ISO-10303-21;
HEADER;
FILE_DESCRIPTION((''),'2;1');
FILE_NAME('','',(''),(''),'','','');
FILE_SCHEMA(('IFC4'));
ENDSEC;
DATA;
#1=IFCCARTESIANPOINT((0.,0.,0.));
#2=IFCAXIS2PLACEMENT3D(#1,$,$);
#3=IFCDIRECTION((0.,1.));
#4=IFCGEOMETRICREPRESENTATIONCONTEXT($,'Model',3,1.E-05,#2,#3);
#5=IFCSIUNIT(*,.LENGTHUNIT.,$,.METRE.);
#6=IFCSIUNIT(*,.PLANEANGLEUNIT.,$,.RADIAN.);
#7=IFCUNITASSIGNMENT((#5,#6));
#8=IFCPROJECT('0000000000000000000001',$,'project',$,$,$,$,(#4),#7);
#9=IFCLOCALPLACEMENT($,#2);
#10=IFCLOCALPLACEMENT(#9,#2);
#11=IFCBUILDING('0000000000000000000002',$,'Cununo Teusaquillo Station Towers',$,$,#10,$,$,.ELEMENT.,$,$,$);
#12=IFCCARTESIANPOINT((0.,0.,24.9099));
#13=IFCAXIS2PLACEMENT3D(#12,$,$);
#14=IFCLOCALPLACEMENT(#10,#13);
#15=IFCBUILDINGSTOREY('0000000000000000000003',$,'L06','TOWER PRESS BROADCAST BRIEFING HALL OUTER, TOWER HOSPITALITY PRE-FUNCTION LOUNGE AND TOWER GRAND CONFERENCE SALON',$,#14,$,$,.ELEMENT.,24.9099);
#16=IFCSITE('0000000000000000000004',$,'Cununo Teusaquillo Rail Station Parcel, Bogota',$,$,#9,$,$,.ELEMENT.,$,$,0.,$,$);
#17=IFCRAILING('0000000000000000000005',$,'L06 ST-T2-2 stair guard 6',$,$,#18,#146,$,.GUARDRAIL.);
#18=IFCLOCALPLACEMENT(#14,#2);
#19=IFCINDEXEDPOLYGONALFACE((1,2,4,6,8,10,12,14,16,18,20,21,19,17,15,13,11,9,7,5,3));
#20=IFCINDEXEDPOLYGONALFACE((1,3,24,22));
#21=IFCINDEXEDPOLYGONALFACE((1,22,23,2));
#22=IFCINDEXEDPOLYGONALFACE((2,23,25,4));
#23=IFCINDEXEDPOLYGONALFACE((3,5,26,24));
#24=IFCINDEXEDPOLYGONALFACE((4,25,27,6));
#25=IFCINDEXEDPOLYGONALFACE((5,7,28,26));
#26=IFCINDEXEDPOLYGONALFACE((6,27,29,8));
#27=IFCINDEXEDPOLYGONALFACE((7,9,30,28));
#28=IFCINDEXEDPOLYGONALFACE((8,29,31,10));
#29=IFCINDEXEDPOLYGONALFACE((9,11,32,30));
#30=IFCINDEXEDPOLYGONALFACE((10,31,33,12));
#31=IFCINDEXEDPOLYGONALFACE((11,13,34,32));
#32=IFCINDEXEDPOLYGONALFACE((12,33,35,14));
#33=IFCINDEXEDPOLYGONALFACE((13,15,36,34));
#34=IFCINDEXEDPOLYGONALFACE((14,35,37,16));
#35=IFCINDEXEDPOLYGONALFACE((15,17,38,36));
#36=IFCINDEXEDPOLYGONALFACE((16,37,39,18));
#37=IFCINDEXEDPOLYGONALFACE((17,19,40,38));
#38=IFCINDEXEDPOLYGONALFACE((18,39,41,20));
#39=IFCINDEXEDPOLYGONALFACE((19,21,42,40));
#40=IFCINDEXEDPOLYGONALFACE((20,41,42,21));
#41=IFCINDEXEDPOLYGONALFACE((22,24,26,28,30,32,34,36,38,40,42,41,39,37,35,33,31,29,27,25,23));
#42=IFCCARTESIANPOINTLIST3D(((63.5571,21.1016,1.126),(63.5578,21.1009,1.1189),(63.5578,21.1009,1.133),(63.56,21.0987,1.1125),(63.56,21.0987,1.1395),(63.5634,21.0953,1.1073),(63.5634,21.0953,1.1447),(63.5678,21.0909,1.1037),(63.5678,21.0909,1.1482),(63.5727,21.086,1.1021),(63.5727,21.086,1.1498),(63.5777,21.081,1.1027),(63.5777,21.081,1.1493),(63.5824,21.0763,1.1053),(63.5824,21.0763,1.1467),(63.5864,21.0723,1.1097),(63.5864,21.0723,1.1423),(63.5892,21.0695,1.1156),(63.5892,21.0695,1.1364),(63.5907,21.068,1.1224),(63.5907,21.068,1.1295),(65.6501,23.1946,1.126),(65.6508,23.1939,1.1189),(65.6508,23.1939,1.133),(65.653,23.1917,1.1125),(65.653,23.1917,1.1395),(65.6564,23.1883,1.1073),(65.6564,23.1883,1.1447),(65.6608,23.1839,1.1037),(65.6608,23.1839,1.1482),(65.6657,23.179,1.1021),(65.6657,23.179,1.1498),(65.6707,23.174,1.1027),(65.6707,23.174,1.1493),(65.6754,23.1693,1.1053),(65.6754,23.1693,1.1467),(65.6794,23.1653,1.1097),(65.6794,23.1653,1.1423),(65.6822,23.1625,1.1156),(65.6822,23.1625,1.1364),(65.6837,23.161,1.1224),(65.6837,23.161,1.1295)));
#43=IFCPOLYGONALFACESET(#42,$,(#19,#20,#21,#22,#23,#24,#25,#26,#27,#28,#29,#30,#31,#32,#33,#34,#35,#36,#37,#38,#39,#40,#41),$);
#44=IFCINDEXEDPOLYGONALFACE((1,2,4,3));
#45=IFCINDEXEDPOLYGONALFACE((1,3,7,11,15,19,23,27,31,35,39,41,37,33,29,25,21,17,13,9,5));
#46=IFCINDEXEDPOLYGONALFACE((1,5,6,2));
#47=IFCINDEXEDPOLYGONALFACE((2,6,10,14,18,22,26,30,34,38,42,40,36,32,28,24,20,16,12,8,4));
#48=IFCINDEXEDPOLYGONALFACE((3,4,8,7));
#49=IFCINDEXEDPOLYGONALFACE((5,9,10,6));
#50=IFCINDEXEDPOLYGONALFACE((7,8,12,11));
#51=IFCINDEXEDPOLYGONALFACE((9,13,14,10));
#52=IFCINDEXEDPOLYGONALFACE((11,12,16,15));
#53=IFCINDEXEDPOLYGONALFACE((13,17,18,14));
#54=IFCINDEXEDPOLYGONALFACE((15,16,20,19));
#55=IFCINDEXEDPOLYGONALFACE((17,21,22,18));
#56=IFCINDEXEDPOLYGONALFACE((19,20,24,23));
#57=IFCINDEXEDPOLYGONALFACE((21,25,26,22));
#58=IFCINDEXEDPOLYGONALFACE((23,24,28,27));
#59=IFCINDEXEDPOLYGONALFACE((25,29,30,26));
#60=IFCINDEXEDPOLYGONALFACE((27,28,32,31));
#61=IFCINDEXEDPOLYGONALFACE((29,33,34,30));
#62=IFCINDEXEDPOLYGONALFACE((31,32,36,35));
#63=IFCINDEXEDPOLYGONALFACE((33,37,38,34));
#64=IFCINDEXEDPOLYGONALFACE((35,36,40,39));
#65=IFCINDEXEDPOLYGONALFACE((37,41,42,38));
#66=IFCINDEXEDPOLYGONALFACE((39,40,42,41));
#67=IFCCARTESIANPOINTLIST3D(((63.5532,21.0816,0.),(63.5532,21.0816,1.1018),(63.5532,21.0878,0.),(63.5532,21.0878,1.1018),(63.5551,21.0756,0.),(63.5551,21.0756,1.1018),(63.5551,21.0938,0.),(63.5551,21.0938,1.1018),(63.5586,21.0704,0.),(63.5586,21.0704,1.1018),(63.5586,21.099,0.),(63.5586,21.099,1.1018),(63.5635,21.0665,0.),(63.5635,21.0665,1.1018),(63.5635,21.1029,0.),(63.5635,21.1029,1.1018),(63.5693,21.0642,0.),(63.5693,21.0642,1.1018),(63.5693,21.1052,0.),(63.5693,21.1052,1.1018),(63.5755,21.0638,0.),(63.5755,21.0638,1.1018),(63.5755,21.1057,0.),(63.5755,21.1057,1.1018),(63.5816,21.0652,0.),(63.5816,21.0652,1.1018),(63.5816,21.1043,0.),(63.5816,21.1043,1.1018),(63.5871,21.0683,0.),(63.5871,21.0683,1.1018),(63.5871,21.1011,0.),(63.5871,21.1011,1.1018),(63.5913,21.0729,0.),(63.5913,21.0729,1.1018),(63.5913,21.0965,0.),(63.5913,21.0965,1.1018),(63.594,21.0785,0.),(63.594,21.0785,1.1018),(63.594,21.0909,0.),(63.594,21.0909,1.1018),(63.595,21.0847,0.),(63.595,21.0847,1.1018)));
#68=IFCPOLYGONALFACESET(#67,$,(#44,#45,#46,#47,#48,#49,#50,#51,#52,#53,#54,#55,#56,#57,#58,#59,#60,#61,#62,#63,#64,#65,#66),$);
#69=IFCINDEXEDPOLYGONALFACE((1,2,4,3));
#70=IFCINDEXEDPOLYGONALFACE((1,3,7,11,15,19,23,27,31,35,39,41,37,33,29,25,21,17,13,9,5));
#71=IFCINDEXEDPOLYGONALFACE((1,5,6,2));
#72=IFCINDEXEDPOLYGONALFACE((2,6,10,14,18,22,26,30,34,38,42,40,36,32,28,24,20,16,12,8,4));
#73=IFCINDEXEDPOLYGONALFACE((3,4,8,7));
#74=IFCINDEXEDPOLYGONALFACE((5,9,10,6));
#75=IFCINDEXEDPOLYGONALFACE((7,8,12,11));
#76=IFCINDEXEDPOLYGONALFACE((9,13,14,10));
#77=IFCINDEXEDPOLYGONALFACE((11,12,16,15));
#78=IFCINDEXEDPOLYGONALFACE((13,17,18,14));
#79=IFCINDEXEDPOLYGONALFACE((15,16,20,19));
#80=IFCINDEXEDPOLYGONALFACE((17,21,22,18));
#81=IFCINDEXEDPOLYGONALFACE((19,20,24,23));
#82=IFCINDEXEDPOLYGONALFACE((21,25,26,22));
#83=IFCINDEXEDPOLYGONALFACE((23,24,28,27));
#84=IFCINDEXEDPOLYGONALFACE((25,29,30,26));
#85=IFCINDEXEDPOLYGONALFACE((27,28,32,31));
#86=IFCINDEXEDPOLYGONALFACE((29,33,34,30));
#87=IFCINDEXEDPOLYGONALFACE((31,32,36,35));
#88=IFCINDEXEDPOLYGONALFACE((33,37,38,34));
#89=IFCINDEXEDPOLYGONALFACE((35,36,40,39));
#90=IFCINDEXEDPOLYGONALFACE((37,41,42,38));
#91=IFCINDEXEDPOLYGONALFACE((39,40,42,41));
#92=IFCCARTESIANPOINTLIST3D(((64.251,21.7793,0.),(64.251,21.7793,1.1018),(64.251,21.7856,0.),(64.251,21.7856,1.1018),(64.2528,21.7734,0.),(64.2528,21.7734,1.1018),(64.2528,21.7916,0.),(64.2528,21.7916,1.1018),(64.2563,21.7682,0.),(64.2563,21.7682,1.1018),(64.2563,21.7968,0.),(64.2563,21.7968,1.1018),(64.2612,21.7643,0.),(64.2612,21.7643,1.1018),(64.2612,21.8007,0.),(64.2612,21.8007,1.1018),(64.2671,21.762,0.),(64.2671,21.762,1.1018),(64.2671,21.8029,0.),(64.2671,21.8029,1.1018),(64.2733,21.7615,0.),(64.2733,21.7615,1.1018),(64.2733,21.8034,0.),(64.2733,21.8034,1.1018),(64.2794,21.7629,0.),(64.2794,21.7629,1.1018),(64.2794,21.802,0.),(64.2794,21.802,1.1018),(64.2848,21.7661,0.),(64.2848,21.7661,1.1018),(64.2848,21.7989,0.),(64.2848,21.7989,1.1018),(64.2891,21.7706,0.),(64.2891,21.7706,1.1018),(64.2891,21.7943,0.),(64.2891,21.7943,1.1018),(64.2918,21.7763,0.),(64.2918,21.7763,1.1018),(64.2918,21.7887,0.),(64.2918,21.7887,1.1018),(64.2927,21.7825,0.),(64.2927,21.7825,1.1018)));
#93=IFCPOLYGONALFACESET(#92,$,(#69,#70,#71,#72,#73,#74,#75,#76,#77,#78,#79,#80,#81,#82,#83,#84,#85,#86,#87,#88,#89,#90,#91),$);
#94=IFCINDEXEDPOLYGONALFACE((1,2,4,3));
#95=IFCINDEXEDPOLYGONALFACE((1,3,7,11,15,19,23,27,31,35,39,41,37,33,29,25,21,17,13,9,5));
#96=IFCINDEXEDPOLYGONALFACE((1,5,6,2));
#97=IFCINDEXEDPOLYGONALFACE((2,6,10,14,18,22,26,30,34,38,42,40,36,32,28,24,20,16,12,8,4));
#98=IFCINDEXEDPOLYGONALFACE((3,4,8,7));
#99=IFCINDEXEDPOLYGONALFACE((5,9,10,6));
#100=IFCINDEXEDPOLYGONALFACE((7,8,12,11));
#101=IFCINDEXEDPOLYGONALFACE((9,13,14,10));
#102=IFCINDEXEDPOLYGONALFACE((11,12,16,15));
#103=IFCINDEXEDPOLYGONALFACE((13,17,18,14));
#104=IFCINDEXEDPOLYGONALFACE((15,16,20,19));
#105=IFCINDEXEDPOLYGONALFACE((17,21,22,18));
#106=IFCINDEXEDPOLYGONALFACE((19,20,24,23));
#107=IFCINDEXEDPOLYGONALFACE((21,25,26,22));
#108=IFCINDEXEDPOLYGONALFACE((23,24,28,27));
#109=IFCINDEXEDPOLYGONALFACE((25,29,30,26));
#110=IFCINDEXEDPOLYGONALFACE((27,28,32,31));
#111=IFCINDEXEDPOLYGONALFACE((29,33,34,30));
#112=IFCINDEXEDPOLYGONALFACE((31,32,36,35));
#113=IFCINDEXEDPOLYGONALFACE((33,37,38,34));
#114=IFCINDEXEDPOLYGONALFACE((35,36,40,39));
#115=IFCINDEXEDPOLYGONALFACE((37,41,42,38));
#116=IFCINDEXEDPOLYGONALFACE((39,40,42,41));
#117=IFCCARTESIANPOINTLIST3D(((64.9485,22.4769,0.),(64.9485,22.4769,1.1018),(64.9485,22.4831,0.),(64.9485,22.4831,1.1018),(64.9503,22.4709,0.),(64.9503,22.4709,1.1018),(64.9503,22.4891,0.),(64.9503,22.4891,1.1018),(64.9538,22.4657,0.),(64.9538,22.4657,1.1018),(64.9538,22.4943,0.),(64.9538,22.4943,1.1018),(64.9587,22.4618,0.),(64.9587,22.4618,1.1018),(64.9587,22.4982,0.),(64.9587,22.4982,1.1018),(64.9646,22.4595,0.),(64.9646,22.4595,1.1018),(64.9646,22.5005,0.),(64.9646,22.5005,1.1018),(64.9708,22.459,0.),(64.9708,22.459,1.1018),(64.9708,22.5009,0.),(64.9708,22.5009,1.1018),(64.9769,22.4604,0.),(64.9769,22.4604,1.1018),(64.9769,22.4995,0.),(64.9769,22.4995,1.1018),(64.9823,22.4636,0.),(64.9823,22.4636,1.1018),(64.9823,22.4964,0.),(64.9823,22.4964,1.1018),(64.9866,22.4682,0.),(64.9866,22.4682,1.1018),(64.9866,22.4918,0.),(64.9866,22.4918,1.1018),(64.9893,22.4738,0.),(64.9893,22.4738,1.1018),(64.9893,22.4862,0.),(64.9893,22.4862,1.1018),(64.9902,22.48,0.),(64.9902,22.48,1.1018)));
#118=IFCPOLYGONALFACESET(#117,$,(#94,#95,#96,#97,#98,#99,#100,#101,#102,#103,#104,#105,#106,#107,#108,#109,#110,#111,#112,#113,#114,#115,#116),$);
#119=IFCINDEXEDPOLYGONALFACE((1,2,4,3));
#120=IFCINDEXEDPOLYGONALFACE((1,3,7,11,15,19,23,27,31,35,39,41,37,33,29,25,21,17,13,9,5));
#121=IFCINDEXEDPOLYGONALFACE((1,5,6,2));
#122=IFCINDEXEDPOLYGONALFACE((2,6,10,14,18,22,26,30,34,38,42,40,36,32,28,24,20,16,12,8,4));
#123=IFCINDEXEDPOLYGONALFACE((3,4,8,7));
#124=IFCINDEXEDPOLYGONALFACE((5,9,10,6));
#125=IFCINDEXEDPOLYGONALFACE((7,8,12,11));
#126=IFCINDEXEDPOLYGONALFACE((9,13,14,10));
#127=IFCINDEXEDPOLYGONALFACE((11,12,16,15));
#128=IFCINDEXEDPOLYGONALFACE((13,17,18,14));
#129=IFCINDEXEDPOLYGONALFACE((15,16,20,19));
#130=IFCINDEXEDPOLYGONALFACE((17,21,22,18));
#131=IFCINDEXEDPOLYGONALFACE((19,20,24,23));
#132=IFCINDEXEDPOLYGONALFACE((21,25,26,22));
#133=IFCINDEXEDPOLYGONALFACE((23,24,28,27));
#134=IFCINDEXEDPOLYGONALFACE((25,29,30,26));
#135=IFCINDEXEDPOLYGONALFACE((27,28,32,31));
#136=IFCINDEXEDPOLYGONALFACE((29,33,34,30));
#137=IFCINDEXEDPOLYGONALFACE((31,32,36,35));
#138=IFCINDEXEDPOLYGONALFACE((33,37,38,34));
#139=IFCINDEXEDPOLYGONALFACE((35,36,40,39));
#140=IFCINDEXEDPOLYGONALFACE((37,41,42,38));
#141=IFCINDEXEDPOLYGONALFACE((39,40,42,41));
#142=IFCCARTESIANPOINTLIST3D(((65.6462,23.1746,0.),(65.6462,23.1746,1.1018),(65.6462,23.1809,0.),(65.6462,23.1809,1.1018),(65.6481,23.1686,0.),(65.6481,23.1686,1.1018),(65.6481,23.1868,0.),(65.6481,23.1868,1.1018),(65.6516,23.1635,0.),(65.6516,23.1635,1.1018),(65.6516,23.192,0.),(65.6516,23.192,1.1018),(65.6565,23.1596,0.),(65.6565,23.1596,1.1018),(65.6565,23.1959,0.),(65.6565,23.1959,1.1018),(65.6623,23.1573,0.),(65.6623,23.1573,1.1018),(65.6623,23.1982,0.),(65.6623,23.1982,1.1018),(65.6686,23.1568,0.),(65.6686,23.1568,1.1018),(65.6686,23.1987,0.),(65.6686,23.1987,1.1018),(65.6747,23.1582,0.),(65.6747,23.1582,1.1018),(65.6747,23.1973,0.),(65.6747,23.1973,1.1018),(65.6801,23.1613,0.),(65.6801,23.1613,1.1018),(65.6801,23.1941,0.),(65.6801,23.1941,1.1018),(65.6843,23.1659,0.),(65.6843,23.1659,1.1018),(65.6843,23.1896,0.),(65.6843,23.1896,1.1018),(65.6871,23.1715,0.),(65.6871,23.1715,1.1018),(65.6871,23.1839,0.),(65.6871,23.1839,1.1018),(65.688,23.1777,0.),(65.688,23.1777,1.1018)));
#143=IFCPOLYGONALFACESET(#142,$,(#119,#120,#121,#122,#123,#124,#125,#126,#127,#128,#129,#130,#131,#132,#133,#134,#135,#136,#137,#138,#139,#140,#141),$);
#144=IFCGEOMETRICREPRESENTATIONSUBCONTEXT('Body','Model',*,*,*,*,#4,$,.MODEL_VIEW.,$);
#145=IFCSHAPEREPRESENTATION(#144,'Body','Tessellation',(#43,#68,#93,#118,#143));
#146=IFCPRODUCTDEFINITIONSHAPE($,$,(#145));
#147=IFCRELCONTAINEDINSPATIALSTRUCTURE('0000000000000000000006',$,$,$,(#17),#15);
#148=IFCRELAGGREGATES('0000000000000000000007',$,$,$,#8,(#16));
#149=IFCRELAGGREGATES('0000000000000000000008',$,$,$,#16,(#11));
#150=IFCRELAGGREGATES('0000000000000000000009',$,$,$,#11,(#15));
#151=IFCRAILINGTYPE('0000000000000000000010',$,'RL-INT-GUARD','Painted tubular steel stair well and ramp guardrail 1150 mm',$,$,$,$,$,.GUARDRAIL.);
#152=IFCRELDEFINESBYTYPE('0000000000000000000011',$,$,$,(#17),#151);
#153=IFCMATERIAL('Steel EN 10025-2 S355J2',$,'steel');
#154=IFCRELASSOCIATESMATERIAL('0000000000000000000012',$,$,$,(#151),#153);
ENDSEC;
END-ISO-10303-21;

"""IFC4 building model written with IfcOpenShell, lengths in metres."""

from ifc_helpers import new_model, si_unit, direction, frame, origin, origin_2d, place, context, subcontext, project, spatial, circle, extrude, material, type_object, element, save


model = new_model("IFC4")

# Units and contexts
model_context = context("Model", 3, precision=1e-05, world=origin(), true_north=direction((0.0, 1.0)))
body_context = subcontext(model_context, "Body", "Model", "MODEL_VIEW")
ifc_project = project(units=[si_unit("LENGTHUNIT", "METRE"), si_unit("PLANEANGLEUNIT", "RADIAN")], contexts=[model_context])

# Site, building, storey
site_placement = place(None, origin())
site = spatial("IfcSite", under=ifc_project, at=site_placement, Name="Cununo Teusaquillo Rail Station Parcel, Bogota", CompositionType="ELEMENT", RefElevation=0.0)
building_placement = place(site_placement, origin())
building = spatial("IfcBuilding", under=site, at=building_placement, Name="Cununo Teusaquillo Station Towers", CompositionType="ELEMENT")
storey_placement = place(building_placement, frame((0.0, 0.0, 24.9099)))
storey = spatial("IfcBuildingStorey", under=building, at=storey_placement, Name="L06", Description="TOWER PRESS BROADCAST BRIEFING HALL OUTER, TOWER HOSPITALITY PRE-FUNCTION LOUNGE AND TOWER GRAND CONFERENCE SALON", CompositionType="ELEMENT", Elevation=24.9099)

# Railing
ifc_material_1 = material(Name="Steel EN 10025-2 S355J2", Category="steel")
railing_type = type_object("IfcRailingType", Name="RL-INT-GUARD", Description="Painted tubular steel stair well and ramp guardrail 1150 mm", PredefinedType="GUARDRAIL", material=ifc_material_1)
railing_1_placement = place(storey_placement, frame((63.574, 21.0847, 0.0)))
element("IfcRailing", 1, at=railing_1_placement, inside=storey, type_object=railing_type, Name="L06 ST-T2-2 stair guard 6", PredefinedType="GUARDRAIL", context=body_context, shape_type="SweptSolid", body=[
    extrude(circle(Radius=0.0239, at=origin_2d()), frame((0.0, 0.0, 1.126), z_axis=(0.707107, 0.707107, 0.0), x_axis=(-0.707107, 0.707107, 0.0)), (0.0, 0.0, 1.0), 2.96),
    extrude(circle(Radius=0.021, at=origin_2d()), origin(), (0.0, 0.0, 1.0), 1.1018),
    extrude(circle(Radius=0.021, at=origin_2d()), frame((0.6978, 0.6978, 0.0)), (0.0, 0.0, 1.0), 1.1018),
    extrude(circle(Radius=0.021, at=origin_2d()), frame((1.3953, 1.3953, 0.0)), (0.0, 0.0, 1.0), 1.1018),
    extrude(circle(Radius=0.021, at=origin_2d()), frame((2.093, 2.093, 0.0)), (0.0, 0.0, 1.0), 1.1018),
])

save(model, "model.ifc")
